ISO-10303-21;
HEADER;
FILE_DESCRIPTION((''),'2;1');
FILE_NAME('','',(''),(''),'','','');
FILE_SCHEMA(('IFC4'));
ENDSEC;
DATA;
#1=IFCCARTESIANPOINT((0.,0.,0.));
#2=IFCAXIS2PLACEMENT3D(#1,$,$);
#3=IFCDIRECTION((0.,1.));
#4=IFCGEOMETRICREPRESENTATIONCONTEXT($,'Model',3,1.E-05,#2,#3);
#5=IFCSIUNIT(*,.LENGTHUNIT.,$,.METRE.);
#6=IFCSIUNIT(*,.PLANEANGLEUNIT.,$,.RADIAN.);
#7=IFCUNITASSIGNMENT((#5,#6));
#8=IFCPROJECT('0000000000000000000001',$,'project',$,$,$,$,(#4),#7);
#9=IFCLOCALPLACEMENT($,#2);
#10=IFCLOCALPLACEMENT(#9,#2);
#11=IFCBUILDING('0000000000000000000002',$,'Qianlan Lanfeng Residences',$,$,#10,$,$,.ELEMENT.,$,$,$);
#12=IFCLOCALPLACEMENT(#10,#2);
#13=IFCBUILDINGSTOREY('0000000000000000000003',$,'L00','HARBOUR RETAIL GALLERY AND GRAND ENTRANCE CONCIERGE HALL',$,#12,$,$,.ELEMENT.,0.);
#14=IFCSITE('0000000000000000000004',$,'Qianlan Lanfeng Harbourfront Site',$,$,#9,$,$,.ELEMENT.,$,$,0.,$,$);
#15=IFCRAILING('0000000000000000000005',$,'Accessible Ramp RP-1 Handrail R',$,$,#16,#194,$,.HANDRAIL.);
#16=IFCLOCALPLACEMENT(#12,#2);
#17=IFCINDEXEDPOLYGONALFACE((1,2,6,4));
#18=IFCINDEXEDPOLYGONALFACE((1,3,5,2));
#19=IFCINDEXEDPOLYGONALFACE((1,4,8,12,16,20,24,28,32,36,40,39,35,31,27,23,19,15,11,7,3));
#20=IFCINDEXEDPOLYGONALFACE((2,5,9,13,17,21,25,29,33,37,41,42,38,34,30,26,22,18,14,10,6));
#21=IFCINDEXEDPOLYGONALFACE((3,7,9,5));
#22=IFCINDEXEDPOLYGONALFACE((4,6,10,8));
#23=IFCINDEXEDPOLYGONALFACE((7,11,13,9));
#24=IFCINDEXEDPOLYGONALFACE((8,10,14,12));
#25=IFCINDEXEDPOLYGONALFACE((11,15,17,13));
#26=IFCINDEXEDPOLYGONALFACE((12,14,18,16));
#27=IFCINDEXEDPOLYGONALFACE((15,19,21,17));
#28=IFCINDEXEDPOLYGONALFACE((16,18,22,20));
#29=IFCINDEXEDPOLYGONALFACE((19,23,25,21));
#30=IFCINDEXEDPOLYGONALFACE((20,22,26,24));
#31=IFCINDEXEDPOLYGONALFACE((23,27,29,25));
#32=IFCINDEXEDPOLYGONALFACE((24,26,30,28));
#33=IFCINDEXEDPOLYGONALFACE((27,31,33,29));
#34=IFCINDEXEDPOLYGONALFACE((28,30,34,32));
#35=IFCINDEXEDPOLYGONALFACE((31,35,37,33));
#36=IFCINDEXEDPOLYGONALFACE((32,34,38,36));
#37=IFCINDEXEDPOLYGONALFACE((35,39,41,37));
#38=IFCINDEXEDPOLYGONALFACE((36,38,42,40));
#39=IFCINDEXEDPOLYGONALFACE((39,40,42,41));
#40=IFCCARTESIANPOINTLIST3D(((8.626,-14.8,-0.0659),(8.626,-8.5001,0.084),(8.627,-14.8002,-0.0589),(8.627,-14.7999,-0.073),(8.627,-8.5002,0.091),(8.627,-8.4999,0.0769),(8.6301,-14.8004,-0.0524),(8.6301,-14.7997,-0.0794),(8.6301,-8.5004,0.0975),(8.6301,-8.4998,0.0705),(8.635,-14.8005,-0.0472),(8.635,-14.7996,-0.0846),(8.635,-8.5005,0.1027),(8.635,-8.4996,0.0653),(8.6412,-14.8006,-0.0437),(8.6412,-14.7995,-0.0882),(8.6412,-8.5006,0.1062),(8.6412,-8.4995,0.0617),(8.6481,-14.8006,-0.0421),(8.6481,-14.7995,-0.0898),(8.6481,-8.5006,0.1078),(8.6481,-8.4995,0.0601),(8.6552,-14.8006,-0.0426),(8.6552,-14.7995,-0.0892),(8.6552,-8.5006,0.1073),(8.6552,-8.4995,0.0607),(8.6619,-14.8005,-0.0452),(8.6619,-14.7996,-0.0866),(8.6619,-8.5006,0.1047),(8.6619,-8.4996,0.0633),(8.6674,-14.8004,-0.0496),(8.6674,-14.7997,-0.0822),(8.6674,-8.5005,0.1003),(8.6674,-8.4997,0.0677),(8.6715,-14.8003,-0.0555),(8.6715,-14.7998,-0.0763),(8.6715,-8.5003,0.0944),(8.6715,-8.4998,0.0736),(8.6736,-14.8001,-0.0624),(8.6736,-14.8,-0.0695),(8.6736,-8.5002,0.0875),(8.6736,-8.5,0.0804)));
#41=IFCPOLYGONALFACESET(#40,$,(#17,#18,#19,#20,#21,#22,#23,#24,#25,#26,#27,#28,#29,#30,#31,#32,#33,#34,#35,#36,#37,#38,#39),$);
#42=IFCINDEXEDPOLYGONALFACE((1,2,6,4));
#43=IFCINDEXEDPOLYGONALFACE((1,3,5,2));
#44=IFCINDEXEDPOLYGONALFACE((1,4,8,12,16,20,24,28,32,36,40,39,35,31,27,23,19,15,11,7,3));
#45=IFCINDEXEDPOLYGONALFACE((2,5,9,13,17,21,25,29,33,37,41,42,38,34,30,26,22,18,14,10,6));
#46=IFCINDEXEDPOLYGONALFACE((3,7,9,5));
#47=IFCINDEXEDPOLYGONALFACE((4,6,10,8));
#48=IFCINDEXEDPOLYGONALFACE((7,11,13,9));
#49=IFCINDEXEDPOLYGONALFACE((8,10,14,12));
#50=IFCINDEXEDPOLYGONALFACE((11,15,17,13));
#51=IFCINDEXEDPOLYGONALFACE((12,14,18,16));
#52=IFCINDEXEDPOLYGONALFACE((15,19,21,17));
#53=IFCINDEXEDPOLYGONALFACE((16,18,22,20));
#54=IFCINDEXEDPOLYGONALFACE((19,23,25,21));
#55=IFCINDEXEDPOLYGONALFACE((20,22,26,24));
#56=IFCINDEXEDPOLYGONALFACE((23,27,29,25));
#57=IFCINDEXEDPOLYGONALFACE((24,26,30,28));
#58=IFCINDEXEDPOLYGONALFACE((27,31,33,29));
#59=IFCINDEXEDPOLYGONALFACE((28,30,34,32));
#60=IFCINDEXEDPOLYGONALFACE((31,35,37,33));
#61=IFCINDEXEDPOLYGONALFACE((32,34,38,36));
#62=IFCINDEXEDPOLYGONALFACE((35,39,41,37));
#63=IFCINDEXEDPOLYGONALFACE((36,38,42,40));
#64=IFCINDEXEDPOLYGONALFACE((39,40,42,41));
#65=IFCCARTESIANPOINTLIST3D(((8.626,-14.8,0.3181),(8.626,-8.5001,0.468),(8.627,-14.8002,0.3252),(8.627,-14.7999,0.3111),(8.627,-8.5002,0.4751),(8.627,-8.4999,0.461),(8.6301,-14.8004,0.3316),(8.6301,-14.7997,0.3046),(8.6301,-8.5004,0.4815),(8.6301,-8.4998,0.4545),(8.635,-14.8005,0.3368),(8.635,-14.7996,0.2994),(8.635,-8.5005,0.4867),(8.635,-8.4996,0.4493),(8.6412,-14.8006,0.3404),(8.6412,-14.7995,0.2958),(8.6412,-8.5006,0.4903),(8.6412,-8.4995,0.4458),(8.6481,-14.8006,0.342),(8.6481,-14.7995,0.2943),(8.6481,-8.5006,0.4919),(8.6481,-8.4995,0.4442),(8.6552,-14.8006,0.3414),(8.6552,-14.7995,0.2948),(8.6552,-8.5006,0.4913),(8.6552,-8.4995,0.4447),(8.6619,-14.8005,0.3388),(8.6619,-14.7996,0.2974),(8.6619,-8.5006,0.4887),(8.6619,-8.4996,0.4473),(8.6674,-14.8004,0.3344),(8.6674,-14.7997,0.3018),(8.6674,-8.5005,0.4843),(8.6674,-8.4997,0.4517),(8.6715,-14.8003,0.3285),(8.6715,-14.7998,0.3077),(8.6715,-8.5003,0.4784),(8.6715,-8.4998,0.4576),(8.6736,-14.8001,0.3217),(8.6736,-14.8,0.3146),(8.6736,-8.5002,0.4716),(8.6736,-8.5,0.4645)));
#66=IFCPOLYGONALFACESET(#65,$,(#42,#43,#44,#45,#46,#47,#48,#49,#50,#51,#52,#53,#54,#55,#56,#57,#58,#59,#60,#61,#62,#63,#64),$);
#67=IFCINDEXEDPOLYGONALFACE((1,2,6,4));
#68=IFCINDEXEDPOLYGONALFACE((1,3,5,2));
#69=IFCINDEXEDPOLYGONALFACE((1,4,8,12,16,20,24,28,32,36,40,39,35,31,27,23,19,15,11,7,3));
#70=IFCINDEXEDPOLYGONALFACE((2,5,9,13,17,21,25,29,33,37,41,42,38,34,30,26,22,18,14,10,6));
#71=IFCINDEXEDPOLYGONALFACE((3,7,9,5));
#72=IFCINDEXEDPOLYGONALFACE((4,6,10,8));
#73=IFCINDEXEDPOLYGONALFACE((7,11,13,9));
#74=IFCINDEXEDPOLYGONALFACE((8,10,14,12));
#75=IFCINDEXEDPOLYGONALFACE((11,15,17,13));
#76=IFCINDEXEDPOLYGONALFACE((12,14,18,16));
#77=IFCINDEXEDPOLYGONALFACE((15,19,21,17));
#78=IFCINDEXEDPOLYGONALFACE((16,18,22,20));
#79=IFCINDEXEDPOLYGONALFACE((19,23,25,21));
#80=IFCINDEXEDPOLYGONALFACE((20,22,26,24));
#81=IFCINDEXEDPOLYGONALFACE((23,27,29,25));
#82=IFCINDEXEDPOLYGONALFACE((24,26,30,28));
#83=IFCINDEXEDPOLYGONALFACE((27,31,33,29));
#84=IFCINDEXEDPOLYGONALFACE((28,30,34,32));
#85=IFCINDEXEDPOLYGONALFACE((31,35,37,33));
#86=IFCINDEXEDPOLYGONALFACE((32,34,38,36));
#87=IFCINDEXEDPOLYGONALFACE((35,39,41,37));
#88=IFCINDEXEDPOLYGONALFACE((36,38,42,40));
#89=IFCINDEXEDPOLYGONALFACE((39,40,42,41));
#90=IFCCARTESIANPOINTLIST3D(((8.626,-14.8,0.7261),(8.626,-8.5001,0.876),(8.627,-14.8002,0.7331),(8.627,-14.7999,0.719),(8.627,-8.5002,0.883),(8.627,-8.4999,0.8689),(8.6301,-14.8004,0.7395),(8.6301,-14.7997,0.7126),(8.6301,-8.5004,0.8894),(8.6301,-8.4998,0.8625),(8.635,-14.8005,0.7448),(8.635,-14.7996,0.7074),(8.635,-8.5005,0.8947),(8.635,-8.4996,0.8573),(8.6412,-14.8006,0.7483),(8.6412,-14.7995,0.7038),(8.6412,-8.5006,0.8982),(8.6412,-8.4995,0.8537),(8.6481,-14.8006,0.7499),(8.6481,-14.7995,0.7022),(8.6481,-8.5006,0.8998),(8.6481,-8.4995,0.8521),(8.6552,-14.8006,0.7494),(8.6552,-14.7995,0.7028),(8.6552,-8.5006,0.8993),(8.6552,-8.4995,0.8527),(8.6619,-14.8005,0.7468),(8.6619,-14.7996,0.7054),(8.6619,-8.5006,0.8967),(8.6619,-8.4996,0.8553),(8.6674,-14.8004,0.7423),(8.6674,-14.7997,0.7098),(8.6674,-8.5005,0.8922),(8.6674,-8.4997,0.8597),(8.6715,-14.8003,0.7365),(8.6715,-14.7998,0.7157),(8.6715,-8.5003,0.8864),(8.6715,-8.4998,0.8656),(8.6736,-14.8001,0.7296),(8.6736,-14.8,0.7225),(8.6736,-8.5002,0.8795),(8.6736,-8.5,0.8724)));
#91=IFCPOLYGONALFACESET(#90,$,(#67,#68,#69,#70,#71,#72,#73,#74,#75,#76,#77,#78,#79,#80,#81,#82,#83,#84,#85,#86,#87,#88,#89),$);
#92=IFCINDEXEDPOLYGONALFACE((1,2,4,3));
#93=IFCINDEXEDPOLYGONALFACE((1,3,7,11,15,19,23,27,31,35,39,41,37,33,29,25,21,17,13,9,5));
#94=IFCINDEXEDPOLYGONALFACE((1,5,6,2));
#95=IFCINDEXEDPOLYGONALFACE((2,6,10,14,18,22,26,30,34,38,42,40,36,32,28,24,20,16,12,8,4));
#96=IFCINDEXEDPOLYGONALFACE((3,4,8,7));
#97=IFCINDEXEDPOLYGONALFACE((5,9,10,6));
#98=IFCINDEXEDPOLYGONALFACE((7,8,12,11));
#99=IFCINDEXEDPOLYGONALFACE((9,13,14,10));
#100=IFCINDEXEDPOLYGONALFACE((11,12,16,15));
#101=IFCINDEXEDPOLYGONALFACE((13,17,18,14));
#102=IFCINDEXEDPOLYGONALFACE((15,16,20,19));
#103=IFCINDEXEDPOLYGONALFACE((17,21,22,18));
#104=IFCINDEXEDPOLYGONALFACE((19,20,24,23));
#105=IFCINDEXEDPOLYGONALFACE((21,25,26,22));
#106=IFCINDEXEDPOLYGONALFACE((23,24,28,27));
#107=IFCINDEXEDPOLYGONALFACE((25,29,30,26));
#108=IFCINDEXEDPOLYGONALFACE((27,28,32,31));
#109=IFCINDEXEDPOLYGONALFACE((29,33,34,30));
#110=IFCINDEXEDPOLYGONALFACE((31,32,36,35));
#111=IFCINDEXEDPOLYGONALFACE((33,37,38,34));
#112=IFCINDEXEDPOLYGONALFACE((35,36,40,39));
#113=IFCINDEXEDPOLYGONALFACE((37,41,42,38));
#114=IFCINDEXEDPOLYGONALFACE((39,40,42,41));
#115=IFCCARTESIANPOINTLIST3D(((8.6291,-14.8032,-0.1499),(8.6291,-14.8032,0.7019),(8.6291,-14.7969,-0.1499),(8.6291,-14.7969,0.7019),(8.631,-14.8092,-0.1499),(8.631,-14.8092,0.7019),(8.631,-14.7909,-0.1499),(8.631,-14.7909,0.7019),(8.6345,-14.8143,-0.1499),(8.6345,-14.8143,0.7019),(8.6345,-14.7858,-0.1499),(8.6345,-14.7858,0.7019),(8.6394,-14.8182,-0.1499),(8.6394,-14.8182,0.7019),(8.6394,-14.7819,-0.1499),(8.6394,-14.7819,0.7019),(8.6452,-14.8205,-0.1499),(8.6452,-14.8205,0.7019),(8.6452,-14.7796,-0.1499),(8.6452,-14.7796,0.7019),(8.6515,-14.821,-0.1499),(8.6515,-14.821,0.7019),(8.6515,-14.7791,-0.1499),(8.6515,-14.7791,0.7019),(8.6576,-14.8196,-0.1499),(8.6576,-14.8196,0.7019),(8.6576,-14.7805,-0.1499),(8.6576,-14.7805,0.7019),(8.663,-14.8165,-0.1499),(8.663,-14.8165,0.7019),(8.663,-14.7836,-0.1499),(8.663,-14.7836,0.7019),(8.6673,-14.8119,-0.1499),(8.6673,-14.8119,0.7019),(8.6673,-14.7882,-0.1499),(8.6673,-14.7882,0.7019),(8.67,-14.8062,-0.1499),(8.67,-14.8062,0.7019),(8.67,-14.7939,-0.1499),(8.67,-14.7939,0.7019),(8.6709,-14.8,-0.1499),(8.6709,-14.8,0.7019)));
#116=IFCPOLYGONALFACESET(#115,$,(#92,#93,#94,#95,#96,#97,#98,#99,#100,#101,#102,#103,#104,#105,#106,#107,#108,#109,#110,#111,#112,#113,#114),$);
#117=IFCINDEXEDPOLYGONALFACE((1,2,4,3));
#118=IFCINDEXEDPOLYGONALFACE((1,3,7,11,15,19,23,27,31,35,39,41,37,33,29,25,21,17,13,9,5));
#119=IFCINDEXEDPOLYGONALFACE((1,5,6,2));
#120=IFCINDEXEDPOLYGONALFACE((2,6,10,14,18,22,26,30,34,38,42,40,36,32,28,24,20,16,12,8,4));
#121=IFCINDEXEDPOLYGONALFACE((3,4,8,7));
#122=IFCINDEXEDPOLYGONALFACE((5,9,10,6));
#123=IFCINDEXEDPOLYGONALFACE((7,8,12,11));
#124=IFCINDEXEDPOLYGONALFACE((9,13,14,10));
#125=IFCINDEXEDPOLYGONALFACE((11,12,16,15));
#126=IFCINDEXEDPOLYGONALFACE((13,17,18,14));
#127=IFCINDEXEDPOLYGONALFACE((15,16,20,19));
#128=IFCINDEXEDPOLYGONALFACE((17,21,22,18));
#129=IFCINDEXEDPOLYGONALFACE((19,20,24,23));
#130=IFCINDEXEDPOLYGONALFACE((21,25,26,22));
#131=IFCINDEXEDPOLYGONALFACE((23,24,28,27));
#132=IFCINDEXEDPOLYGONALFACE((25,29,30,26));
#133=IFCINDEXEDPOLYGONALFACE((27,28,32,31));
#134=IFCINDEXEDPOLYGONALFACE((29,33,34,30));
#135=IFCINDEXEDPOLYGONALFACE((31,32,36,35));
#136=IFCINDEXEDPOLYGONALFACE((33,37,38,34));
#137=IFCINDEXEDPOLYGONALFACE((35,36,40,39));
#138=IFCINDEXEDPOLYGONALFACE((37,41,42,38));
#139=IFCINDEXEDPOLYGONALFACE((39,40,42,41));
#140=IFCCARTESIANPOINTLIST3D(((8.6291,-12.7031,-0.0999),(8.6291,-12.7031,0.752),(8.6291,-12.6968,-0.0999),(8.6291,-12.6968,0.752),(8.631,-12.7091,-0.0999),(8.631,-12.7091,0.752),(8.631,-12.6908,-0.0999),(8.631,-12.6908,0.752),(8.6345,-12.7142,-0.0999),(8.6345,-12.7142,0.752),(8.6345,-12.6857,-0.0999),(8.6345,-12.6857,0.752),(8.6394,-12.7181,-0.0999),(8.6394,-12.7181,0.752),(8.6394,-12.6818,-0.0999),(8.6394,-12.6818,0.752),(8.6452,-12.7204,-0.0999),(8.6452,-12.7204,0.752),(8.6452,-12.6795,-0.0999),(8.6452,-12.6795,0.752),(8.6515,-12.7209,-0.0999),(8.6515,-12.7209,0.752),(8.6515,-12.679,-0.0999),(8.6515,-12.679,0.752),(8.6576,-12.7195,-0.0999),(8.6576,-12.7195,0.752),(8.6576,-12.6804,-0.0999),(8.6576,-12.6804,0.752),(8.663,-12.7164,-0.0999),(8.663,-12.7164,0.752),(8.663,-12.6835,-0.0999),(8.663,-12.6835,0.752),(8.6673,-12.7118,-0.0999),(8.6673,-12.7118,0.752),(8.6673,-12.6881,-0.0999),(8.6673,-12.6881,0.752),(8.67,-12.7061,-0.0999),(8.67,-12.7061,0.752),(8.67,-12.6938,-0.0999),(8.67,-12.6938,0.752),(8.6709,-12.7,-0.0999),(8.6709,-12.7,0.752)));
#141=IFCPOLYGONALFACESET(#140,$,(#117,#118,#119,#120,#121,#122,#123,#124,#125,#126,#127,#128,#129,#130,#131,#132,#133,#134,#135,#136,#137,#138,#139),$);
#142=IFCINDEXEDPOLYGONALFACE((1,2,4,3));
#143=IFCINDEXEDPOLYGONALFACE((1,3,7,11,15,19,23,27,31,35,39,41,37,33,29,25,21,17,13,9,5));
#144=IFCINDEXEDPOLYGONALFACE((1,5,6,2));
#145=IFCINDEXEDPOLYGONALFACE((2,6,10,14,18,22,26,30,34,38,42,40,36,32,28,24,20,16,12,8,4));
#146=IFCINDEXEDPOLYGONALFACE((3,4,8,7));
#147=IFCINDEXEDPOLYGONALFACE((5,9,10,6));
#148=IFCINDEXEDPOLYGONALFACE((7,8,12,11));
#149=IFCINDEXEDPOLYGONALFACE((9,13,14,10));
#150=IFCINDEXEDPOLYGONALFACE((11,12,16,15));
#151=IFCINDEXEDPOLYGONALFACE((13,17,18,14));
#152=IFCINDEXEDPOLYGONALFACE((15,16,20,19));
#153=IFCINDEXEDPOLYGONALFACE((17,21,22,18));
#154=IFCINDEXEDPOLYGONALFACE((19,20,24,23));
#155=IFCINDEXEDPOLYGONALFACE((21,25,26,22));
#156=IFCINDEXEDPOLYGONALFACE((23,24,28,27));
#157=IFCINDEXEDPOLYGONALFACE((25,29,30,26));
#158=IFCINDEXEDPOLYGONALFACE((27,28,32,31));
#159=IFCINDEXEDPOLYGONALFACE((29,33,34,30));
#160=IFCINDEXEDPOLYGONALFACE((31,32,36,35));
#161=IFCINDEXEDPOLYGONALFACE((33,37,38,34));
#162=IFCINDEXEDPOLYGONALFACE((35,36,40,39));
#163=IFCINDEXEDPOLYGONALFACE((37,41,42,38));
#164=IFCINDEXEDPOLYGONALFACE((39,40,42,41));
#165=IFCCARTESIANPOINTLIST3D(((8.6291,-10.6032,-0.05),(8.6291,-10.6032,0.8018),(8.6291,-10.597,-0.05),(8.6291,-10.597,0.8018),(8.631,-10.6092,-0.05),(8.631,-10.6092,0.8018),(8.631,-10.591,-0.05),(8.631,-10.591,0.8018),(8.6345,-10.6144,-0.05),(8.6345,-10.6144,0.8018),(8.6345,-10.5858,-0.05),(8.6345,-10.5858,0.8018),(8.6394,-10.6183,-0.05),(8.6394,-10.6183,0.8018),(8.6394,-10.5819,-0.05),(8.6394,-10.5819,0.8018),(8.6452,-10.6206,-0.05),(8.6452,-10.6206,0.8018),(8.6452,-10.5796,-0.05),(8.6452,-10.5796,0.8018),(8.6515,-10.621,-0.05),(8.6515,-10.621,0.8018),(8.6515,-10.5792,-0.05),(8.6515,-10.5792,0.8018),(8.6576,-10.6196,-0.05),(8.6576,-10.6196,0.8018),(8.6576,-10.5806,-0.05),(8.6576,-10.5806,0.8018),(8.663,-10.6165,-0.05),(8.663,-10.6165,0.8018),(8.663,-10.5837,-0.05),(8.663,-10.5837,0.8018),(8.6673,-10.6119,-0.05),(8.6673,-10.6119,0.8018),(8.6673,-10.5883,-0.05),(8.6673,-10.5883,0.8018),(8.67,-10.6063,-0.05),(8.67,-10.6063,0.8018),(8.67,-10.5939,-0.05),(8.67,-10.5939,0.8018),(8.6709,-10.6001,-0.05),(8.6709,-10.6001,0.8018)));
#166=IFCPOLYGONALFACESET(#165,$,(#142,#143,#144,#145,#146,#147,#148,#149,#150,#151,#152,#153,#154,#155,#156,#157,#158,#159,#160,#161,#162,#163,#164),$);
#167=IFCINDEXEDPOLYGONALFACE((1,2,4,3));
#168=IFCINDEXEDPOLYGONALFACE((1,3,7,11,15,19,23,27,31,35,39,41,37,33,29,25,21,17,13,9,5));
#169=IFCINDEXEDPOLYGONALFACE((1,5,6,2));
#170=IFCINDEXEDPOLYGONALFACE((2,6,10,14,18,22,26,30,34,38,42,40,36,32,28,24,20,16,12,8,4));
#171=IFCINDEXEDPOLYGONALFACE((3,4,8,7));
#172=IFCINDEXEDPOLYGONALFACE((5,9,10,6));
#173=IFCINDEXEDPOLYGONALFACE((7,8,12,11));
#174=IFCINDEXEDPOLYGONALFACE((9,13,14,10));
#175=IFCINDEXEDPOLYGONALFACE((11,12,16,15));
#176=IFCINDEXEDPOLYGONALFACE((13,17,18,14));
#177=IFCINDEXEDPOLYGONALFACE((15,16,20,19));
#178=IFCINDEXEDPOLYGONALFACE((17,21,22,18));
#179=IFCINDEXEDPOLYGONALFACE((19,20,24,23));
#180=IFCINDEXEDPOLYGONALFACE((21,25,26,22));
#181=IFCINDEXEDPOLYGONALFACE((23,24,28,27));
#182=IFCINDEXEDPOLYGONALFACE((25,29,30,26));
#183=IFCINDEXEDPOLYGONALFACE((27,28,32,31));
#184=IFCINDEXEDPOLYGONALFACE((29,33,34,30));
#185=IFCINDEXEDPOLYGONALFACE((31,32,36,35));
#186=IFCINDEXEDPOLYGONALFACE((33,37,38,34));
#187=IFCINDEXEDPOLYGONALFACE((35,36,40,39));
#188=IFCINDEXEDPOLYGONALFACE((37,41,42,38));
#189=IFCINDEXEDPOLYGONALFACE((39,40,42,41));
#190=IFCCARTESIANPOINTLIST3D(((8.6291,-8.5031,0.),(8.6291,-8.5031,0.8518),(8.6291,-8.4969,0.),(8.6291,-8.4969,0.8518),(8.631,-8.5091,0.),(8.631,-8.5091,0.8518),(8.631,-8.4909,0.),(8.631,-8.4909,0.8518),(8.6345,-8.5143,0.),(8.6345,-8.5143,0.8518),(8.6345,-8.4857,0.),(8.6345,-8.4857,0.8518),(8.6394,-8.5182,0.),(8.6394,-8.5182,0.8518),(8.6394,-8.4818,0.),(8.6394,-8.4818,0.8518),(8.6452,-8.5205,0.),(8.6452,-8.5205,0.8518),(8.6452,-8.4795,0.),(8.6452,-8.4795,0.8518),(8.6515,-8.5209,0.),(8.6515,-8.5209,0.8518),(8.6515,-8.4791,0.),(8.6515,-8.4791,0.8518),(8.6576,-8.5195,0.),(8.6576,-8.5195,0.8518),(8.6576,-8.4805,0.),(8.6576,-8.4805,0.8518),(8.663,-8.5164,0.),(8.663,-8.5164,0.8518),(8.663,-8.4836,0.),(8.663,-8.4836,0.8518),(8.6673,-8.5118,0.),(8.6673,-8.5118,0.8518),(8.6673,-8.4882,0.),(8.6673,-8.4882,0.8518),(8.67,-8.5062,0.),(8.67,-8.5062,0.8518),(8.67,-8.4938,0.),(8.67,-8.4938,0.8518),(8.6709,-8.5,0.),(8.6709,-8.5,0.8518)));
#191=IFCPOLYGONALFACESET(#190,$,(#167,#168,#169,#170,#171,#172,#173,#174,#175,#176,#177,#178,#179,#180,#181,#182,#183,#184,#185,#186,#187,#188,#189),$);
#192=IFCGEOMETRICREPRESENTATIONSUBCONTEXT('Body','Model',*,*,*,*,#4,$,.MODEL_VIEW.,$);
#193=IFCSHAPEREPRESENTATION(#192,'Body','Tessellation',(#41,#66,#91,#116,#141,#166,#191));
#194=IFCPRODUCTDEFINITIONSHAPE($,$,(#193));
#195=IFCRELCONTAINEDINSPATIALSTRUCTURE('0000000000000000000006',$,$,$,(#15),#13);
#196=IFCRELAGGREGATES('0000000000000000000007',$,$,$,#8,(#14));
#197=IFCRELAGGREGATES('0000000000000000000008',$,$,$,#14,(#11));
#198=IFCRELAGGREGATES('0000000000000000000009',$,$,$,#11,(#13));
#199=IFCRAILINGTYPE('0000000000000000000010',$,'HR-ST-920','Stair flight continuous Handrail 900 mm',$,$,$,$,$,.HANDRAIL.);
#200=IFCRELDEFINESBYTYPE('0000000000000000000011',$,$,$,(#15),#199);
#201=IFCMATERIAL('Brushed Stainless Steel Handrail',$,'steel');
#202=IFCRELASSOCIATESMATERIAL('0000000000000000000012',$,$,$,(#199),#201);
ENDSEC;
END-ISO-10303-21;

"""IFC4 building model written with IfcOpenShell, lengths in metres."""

from ifc_helpers import new_model, si_unit, direction, frame, origin, origin_2d, place, context, subcontext, project, spatial, circle, extrude, material, type_object, element, save


model = new_model("IFC4")

# Units and contexts
model_context = context("Model", 3, precision=1e-05, world=origin(), true_north=direction((0.0, 1.0)))
body_context = subcontext(model_context, "Body", "Model", "MODEL_VIEW")
ifc_project = project(units=[si_unit("LENGTHUNIT", "METRE"), si_unit("PLANEANGLEUNIT", "RADIAN")], contexts=[model_context])

# Site, building, storey
site_placement = place(None, origin())
site = spatial("IfcSite", under=ifc_project, at=site_placement, Name="Qianlan Lanfeng Harbourfront Site", CompositionType="ELEMENT", RefElevation=0.0)
building_placement = place(site_placement, origin())
building = spatial("IfcBuilding", under=site, at=building_placement, Name="Qianlan Lanfeng Residences", CompositionType="ELEMENT")
storey_placement = place(building_placement, origin())
storey = spatial("IfcBuildingStorey", under=building, at=storey_placement, Name="L00", Description="HARBOUR RETAIL GALLERY AND GRAND ENTRANCE CONCIERGE HALL", CompositionType="ELEMENT", Elevation=0.0)

# Railing
ifc_material_1 = material(Name="Brushed Stainless Steel Handrail", Category="steel")
railing_type = type_object("IfcRailingType", Name="HR-ST-920", Description="Stair flight continuous Handrail 900 mm", PredefinedType="HANDRAIL", material=ifc_material_1)
for number, where, name in (
    (1, (8.6499, -14.8, -0.1499), "Accessible Ramp RP-1 Handrail R"),
):
    element("IfcRailing", number, at=place(storey_placement, frame(where)), inside=storey, type_object=railing_type, Name=name, PredefinedType="HANDRAIL", context=body_context, shape_type="SweptSolid", body=[
        extrude(circle(Radius=0.0239, at=origin_2d()), frame((0.0, 0.0, 0.084), z_axis=(0.0, 0.999717, 0.023787), x_axis=(-1.0, 0.0, 0.0)), (0.0, 0.0, 1.0), 6.3018),
        extrude(circle(Radius=0.0239, at=origin_2d()), frame((0.0, 0.0, 0.468), z_axis=(0.0, 0.999717, 0.023787), x_axis=(-1.0, 0.0, 0.0)), (0.0, 0.0, 1.0), 6.3018),
        extrude(circle(Radius=0.0239, at=origin_2d()), frame((0.0, 0.0, 0.876), z_axis=(0.0, 0.999717, 0.023787), x_axis=(-1.0, 0.0, 0.0)), (0.0, 0.0, 1.0), 6.3018),
        extrude(circle(Radius=0.021, at=origin_2d()), origin(), (0.0, 0.0, 1.0), 0.8518),
        extrude(circle(Radius=0.021, at=origin_2d()), frame((0.0, 2.1001, 0.05)), (0.0, 0.0, 1.0), 0.8518),
        extrude(circle(Radius=0.021, at=origin_2d()), frame((0.0, 4.2, 0.0999)), (0.0, 0.0, 1.0), 0.8518),
        extrude(circle(Radius=0.021, at=origin_2d()), frame((0.0, 6.3, 0.1499)), (0.0, 0.0, 1.0), 0.8518),
    ])

save(model, "model.ifc")
